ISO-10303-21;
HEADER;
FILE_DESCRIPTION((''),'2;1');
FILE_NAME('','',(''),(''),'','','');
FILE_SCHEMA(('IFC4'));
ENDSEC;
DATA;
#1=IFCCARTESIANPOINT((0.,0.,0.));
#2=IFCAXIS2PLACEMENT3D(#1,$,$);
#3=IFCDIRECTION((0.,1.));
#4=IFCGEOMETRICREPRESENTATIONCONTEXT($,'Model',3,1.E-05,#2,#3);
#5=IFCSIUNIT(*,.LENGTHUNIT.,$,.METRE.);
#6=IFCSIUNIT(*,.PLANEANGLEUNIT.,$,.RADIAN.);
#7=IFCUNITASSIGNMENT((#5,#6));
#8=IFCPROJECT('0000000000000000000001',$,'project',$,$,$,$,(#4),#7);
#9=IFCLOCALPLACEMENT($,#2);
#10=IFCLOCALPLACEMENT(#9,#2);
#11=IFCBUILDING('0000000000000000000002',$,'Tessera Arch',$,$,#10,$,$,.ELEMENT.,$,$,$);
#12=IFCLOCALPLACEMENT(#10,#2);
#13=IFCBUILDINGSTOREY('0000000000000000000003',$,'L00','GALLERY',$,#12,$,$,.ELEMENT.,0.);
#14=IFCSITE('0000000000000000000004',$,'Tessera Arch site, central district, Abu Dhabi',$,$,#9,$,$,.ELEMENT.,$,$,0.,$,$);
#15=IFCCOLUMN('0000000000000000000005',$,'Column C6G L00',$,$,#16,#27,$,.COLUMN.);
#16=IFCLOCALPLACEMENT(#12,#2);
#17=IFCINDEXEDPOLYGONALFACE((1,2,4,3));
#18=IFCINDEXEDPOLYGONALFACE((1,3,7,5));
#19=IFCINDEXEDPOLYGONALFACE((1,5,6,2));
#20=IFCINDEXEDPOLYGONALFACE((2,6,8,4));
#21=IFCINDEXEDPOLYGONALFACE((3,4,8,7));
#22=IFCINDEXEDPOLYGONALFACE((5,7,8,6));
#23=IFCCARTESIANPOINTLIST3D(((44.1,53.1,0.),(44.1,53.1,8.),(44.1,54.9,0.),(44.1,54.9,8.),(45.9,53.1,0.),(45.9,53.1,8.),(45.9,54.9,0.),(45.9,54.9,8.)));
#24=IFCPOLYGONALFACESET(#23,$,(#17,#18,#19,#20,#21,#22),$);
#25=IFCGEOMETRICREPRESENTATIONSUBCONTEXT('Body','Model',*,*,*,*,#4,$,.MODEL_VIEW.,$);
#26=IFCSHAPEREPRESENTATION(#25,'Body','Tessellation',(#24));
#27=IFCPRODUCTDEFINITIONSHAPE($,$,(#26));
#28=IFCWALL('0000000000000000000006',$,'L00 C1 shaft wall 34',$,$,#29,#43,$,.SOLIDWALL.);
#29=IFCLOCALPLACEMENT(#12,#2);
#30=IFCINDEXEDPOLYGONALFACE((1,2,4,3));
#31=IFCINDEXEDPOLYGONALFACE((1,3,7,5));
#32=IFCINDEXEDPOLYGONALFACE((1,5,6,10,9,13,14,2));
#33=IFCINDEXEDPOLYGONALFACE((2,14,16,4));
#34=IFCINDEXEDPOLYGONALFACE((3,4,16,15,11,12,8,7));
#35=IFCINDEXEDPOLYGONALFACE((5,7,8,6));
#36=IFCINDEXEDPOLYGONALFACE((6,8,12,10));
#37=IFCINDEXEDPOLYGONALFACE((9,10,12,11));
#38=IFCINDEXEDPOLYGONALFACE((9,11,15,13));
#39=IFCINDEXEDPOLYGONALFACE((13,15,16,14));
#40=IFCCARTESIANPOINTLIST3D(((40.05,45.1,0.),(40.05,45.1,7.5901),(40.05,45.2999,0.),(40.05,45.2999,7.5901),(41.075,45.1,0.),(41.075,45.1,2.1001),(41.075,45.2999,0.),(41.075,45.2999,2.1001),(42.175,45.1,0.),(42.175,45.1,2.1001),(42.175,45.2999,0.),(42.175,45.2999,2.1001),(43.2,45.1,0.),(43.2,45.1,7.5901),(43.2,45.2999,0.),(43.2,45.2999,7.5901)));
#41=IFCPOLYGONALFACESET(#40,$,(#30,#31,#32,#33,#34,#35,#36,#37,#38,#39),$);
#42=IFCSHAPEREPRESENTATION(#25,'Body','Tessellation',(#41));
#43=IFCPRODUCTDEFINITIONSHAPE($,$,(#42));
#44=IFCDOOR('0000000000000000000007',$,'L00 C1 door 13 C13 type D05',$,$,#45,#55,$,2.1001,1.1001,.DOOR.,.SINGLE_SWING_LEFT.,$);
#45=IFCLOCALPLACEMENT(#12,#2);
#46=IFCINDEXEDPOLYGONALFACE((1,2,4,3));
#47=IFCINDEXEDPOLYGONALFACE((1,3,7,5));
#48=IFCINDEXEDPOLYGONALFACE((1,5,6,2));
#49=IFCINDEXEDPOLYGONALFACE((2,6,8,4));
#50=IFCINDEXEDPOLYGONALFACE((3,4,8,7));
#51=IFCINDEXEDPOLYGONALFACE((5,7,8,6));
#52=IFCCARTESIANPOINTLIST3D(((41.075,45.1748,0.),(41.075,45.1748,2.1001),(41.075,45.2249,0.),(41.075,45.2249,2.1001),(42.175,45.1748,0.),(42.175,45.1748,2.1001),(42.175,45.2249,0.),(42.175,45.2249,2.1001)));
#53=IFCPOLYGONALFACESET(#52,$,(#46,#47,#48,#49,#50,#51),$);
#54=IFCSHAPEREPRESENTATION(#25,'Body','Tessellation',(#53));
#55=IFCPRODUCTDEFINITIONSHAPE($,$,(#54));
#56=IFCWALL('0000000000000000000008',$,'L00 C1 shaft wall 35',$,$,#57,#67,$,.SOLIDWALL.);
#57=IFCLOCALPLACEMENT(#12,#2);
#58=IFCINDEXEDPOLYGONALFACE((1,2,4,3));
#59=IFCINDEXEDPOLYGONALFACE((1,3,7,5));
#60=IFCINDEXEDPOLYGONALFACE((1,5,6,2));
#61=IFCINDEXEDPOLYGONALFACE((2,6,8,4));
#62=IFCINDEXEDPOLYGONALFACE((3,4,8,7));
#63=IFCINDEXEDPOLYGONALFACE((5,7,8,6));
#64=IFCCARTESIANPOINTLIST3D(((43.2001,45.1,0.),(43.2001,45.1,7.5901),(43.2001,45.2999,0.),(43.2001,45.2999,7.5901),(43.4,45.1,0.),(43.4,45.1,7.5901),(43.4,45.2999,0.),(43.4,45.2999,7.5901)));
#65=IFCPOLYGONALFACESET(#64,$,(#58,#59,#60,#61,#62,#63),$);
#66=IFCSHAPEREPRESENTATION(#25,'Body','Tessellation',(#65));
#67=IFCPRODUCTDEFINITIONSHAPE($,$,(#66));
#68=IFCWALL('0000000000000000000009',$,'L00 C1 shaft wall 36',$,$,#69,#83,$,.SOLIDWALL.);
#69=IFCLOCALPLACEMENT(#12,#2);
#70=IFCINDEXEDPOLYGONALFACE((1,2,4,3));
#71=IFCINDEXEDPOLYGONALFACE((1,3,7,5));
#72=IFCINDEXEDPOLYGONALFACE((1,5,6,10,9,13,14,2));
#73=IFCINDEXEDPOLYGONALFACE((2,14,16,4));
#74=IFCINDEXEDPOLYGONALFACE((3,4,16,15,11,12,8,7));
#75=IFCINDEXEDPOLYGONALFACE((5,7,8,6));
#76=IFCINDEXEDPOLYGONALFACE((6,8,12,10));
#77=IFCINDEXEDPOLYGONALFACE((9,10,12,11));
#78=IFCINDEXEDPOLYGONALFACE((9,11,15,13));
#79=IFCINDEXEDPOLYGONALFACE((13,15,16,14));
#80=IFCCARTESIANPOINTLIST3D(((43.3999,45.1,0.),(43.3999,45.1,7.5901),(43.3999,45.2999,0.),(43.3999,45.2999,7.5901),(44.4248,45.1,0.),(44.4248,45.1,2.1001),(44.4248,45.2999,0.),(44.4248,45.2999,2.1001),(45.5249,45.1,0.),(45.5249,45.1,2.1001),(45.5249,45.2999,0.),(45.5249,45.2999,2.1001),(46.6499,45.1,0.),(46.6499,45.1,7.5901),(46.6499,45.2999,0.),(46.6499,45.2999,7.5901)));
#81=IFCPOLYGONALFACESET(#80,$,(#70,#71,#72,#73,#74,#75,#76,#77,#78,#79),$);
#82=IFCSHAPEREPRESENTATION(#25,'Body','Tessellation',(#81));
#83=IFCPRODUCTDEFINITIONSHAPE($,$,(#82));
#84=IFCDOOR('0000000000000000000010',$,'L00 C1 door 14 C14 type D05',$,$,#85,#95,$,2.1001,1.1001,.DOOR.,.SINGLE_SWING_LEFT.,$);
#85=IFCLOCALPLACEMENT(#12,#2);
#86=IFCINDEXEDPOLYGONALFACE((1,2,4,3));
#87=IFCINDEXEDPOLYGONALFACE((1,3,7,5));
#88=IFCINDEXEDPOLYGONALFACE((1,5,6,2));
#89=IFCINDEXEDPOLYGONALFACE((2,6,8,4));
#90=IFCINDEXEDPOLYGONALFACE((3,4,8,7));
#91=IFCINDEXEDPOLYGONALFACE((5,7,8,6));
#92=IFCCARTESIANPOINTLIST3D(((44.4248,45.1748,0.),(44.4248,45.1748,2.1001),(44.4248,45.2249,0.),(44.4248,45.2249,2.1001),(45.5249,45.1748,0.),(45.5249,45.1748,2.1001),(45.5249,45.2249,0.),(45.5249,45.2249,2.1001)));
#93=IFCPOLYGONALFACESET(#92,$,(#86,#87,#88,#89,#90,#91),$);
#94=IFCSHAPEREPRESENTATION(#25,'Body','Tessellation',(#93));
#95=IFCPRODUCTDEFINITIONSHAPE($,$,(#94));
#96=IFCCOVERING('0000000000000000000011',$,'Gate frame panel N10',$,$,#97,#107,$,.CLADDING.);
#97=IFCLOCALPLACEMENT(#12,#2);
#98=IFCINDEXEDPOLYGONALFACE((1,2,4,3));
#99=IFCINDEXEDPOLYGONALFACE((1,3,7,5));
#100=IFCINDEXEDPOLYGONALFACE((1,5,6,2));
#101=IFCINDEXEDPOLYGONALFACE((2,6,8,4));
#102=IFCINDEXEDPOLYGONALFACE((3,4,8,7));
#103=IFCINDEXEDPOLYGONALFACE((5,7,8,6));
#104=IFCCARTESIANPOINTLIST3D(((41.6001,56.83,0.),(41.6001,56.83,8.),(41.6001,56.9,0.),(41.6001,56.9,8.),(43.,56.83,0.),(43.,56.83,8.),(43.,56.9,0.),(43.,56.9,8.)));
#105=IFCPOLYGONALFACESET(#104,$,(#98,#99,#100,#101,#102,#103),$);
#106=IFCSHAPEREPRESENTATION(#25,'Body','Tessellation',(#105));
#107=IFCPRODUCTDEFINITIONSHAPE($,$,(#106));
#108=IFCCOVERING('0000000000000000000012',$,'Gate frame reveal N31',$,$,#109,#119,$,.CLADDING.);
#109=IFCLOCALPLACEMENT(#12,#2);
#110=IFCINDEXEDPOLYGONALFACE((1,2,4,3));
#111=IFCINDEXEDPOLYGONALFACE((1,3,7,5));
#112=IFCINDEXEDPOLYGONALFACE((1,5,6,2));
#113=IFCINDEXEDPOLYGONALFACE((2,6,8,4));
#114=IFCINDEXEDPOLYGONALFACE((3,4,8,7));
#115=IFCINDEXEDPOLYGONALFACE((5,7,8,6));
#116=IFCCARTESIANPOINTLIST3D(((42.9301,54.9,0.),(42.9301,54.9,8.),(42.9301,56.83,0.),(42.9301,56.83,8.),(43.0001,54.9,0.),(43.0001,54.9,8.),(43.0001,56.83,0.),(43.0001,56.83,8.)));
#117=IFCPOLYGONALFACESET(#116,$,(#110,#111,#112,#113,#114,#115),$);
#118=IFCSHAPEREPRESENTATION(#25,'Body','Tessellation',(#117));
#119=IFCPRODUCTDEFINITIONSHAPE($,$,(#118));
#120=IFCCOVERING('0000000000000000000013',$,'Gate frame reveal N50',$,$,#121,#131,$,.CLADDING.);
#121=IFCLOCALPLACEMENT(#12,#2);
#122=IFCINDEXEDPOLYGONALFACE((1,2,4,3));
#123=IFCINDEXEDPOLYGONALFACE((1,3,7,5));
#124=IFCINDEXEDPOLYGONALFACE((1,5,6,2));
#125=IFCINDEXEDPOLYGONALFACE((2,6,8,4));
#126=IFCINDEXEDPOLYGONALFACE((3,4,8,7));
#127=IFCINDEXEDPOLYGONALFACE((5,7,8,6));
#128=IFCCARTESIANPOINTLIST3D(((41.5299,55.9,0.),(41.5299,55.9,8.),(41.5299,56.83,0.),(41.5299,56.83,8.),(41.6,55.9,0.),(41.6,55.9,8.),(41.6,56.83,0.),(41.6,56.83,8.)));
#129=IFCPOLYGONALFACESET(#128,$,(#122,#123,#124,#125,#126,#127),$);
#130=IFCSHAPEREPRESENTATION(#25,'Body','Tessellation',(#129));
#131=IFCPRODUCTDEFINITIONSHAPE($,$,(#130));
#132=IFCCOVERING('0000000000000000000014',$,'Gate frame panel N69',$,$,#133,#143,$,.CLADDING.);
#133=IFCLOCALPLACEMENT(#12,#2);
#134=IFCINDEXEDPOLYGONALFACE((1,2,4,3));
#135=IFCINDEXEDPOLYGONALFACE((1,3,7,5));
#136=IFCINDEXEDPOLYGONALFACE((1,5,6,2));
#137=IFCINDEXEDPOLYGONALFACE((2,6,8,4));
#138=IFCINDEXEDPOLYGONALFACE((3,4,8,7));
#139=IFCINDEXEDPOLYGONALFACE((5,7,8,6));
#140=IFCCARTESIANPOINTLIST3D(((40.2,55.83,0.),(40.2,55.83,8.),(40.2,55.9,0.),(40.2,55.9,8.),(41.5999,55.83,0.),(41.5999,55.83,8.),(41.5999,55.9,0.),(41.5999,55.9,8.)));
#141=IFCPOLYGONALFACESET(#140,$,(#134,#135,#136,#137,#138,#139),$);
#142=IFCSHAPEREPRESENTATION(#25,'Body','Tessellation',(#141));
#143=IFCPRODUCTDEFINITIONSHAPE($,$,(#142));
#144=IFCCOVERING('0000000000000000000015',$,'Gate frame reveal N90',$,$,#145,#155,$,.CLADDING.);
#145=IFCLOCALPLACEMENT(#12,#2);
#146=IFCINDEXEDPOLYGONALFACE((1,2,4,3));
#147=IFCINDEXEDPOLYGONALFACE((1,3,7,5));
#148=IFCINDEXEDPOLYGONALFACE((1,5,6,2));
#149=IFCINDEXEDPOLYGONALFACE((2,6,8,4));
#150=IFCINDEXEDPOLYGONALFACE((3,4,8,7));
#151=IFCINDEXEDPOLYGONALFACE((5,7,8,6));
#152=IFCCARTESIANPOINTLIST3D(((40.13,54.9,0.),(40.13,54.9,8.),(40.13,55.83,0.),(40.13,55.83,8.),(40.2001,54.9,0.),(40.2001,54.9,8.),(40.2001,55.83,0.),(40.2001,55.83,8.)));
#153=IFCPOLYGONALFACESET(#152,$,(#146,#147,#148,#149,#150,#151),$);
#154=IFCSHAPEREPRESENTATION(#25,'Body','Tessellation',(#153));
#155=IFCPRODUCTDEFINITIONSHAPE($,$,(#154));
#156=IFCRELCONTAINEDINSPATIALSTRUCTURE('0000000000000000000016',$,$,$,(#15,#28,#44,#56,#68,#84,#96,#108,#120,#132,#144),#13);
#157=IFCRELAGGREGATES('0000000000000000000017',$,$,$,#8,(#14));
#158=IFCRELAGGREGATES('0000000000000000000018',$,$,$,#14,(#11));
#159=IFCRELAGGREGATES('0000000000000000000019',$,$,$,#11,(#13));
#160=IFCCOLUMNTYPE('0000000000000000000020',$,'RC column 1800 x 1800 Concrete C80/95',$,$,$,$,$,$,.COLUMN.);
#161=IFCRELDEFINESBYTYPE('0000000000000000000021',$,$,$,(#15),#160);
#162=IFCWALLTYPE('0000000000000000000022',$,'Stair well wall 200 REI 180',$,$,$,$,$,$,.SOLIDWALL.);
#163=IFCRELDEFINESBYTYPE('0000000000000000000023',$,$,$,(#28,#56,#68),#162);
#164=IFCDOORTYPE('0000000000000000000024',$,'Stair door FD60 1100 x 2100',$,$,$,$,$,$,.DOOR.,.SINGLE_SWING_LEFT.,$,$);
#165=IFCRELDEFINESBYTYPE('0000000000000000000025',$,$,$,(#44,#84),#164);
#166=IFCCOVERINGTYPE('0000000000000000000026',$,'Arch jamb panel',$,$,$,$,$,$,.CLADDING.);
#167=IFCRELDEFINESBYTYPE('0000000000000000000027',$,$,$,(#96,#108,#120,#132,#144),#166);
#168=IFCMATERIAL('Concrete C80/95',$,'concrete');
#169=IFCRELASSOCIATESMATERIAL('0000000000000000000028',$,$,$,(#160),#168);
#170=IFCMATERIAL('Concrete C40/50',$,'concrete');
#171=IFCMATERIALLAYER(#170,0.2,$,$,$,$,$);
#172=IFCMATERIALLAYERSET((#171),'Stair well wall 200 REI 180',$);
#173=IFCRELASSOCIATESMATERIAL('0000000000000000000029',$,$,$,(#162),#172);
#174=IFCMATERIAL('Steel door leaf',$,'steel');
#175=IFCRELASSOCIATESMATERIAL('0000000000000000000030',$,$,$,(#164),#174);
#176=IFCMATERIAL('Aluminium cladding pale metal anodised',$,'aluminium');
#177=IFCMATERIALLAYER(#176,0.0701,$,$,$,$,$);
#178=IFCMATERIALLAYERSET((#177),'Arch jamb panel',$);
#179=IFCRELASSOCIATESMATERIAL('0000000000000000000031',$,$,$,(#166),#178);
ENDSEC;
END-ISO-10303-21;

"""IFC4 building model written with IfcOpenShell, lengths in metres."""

from ifc_helpers import new_model, si_unit, direction, frame, frame_2d, origin, origin_2d, place, context, subcontext, project, spatial, rectangle, extrude, material, layer, layer_set, material_profile, profile_set, type_object, element, fill, save


model = new_model("IFC4")

# Units and contexts
model_context = context("Model", 3, precision=1e-05, world=origin(), true_north=direction((0.0, 1.0)))
body_context = subcontext(model_context, "Body", "Model", "MODEL_VIEW")
ifc_project = project(units=[si_unit("LENGTHUNIT", "METRE"), si_unit("PLANEANGLEUNIT", "RADIAN")], contexts=[model_context])

# Site, building, storey
site_placement = place(None, origin())
site = spatial("IfcSite", under=ifc_project, at=site_placement, Name="Tessera Arch site, central district, Abu Dhabi", CompositionType="ELEMENT", RefElevation=0.0)
building_placement = place(site_placement, origin())
building = spatial("IfcBuilding", under=site, at=building_placement, Name="Tessera Arch", CompositionType="ELEMENT")
storey_placement = place(building_placement, origin())
storey = spatial("IfcBuildingStorey", under=building, at=storey_placement, Name="L00", Description="GALLERY", CompositionType="ELEMENT", Elevation=0.0)

# Column
ifc_material_1 = material(Name="Concrete C80/95", Category="concrete")
ifc_material_profile = material_profile(ifc_material_1, rectangle(XDim=1.8, YDim=1.8, at=origin_2d()), Name="RC column 1800 x 1800 Concrete C80/95")
ifc_profile_set = profile_set([ifc_material_profile], Name="Concrete C80/95")
column_type = type_object("IfcColumnType", Name="RC column 1800 x 1800 Concrete C80/95", PredefinedType="COLUMN", material=ifc_profile_set)
column_placement = place(storey_placement, frame((45.0, 54.0, 0.0), z_axis=(0.0, 0.0, 1.0), x_axis=(1.0, 0.0, 0.0)))
element("IfcColumn", 1, at=column_placement, inside=storey, type_object=column_type, Name="Column C6G L00", PredefinedType="COLUMN", context=body_context, shape_type="SweptSolid", body=[
    extrude(rectangle(XDim=1.8, YDim=1.8, at=origin_2d()), origin(), (0.0, 0.0, 1.0), 8.0),
])

# Wall, opening, door
ifc_material_2 = material(Name="Concrete C40/50", Category="concrete")
ifc_layer_1 = layer(ifc_material_2, 0.2)
ifc_layer_set_1 = layer_set([ifc_layer_1], Name="Stair well wall 200 REI 180")
wall_type_1 = type_object("IfcWallType", Name="Stair well wall 200 REI 180", PredefinedType="SOLIDWALL", material=ifc_layer_set_1)
wall_1_placement = place(storey_placement, frame((40.05, 45.2, 0.0), z_axis=(0.0, 0.0, 1.0), x_axis=(1.0, 0.0, 0.0)))
wall_1 = element("IfcWall", 2, at=wall_1_placement, inside=storey, type_object=wall_type_1, Name="L00 C1 shaft wall 34", PredefinedType="SOLIDWALL", context=body_context, shape_type="SweptSolid", body=[
    extrude(rectangle(XDim=3.1499, YDim=0.2, at=frame_2d((1.575, 0.0))), origin(), (0.0, 0.0, 1.0), 7.5901),
])
opening_1_placement = place(wall_1_placement, frame((1.0249, 0.0, 0.0)))
opening_1 = element("IfcOpeningElement", 3, at=opening_1_placement, cuts=wall_1, PredefinedType="OPENING", context=body_context, shape_type="SweptSolid", body=[
    extrude(rectangle(XDim=1.1001, YDim=2.1001, at=frame_2d((0.55, 1.05))), frame((0.0, 0.1099, 0.0), z_axis=(0.0, -1.0, 0.0), x_axis=(1.0, 0.0, 0.0)), (0.0, 0.0, 1.0), 0.22),
])
ifc_material_3 = material(Name="Steel door leaf", Category="steel")
door_type_1 = type_object("IfcDoorType", Name="Stair door FD60 1100 x 2100", OperationType="SINGLE_SWING_LEFT", PredefinedType="DOOR", material=ifc_material_3)
door_1_placement = place(opening_1_placement, origin())
door_1 = element("IfcDoor", 4, at=door_1_placement, inside=storey, type_object=door_type_1, Name="L00 C1 door 13 C13 type D05", OperationType="SINGLE_SWING_LEFT", OverallHeight=2.1001, OverallWidth=1.1001, PredefinedType="DOOR", context=body_context, shape_type="SweptSolid", body=[
    extrude(rectangle(XDim=1.1001, YDim=2.1001, at=frame_2d((0.55, 1.05))), frame((0.0, 0.0249, 0.0), z_axis=(0.0, -1.0, 0.0), x_axis=(1.0, 0.0, 0.0)), (0.0, 0.0, 1.0), 0.05),
])
fill(opening_1, door_1)

# Wall
wall_2_placement = place(storey_placement, frame((43.2, 45.2, 0.0), z_axis=(0.0, 0.0, 1.0), x_axis=(1.0, 0.0, 0.0)))
element("IfcWall", 5, at=wall_2_placement, inside=storey, type_object=wall_type_1, Name="L00 C1 shaft wall 35", PredefinedType="SOLIDWALL", context=body_context, shape_type="SweptSolid", body=[
    extrude(rectangle(XDim=0.2, YDim=0.2, at=frame_2d((0.1001, 0.0))), origin(), (0.0, 0.0, 1.0), 7.5901),
])

# Wall, opening, door
wall_3_placement = place(storey_placement, frame((43.3999, 45.2, 0.0), z_axis=(0.0, 0.0, 1.0), x_axis=(1.0, 0.0, 0.0)))
wall_3 = element("IfcWall", 6, at=wall_3_placement, inside=storey, type_object=wall_type_1, Name="L00 C1 shaft wall 36", PredefinedType="SOLIDWALL", context=body_context, shape_type="SweptSolid", body=[
    extrude(rectangle(XDim=3.25, YDim=0.2, at=frame_2d((1.625, 0.0))), origin(), (0.0, 0.0, 1.0), 7.5901),
])
opening_2_placement = place(wall_3_placement, frame((1.0249, 0.0, 0.0)))
opening_2 = element("IfcOpeningElement", 7, at=opening_2_placement, cuts=wall_3, PredefinedType="OPENING", context=body_context, shape_type="SweptSolid", body=[
    extrude(rectangle(XDim=1.1001, YDim=2.1001, at=frame_2d((0.55, 1.05))), frame((0.0, 0.1099, 0.0), z_axis=(0.0, -1.0, 0.0), x_axis=(1.0, 0.0, 0.0)), (0.0, 0.0, 1.0), 0.22),
])
door_2_placement = place(opening_2_placement, origin())
door_2 = element("IfcDoor", 8, at=door_2_placement, inside=storey, type_object=door_type_1, Name="L00 C1 door 14 C14 type D05", OperationType="SINGLE_SWING_LEFT", OverallHeight=2.1001, OverallWidth=1.1001, PredefinedType="DOOR", context=body_context, shape_type="SweptSolid", body=[
    extrude(rectangle(XDim=1.1001, YDim=2.1001, at=frame_2d((0.55, 1.05))), frame((0.0, 0.0249, 0.0), z_axis=(0.0, -1.0, 0.0), x_axis=(1.0, 0.0, 0.0)), (0.0, 0.0, 1.0), 0.05),
])
fill(opening_2, door_2)

# Coverings
ifc_material_4 = material(Name="Aluminium cladding pale metal anodised", Category="aluminium")
ifc_layer_2 = layer(ifc_material_4, 0.0701)
ifc_layer_set_2 = layer_set([ifc_layer_2], Name="Arch jamb panel")
covering_type = type_object("IfcCoveringType", Name="Arch jamb panel", PredefinedType="CLADDING", material=ifc_layer_set_2)
covering_1_placement = place(storey_placement, frame((42.3, 56.865, 0.0), z_axis=(0.0, 0.0, 1.0), x_axis=(1.0, 0.0, 0.0)))
element("IfcCovering", 9, at=covering_1_placement, inside=storey, type_object=covering_type, Name="Gate frame panel N10", PredefinedType="CLADDING", context=body_context, shape_type="SweptSolid", body=[
    extrude(rectangle(XDim=1.3999, YDim=0.0701, at=origin_2d()), origin(), (0.0, 0.0, 1.0), 8.0),
])
covering_2_placement = place(storey_placement, frame((42.9651, 55.865, 0.0), z_axis=(0.0, 0.0, 1.0), x_axis=(1.0, 0.0, 0.0)))
element("IfcCovering", 10, at=covering_2_placement, inside=storey, type_object=covering_type, Name="Gate frame reveal N31", PredefinedType="CLADDING", context=body_context, shape_type="SweptSolid", body=[
    extrude(rectangle(XDim=0.0701, YDim=1.9299, at=origin_2d()), origin(), (0.0, 0.0, 1.0), 8.0),
])
covering_3_placement = place(storey_placement, frame((41.5649, 56.365, 0.0), z_axis=(0.0, 0.0, 1.0), x_axis=(1.0, 0.0, 0.0)))
element("IfcCovering", 11, at=covering_3_placement, inside=storey, type_object=covering_type, Name="Gate frame reveal N50", PredefinedType="CLADDING", context=body_context, shape_type="SweptSolid", body=[
    extrude(rectangle(XDim=0.0701, YDim=0.9299, at=origin_2d()), origin(), (0.0, 0.0, 1.0), 8.0),
])
covering_4_placement = place(storey_placement, frame((40.8999, 55.865, 0.0), z_axis=(0.0, 0.0, 1.0), x_axis=(1.0, 0.0, 0.0)))
element("IfcCovering", 12, at=covering_4_placement, inside=storey, type_object=covering_type, Name="Gate frame panel N69", PredefinedType="CLADDING", context=body_context, shape_type="SweptSolid", body=[
    extrude(rectangle(XDim=1.3999, YDim=0.0701, at=origin_2d()), origin(), (0.0, 0.0, 1.0), 8.0),
])
covering_5_placement = place(storey_placement, frame((40.165, 55.365, 0.0), z_axis=(0.0, 0.0, 1.0), x_axis=(1.0, 0.0, 0.0)))
element("IfcCovering", 13, at=covering_5_placement, inside=storey, type_object=covering_type, Name="Gate frame reveal N90", PredefinedType="CLADDING", context=body_context, shape_type="SweptSolid", body=[
    extrude(rectangle(XDim=0.0701, YDim=0.9299, at=origin_2d()), origin(), (0.0, 0.0, 1.0), 8.0),
])

save(model, "model.ifc")
